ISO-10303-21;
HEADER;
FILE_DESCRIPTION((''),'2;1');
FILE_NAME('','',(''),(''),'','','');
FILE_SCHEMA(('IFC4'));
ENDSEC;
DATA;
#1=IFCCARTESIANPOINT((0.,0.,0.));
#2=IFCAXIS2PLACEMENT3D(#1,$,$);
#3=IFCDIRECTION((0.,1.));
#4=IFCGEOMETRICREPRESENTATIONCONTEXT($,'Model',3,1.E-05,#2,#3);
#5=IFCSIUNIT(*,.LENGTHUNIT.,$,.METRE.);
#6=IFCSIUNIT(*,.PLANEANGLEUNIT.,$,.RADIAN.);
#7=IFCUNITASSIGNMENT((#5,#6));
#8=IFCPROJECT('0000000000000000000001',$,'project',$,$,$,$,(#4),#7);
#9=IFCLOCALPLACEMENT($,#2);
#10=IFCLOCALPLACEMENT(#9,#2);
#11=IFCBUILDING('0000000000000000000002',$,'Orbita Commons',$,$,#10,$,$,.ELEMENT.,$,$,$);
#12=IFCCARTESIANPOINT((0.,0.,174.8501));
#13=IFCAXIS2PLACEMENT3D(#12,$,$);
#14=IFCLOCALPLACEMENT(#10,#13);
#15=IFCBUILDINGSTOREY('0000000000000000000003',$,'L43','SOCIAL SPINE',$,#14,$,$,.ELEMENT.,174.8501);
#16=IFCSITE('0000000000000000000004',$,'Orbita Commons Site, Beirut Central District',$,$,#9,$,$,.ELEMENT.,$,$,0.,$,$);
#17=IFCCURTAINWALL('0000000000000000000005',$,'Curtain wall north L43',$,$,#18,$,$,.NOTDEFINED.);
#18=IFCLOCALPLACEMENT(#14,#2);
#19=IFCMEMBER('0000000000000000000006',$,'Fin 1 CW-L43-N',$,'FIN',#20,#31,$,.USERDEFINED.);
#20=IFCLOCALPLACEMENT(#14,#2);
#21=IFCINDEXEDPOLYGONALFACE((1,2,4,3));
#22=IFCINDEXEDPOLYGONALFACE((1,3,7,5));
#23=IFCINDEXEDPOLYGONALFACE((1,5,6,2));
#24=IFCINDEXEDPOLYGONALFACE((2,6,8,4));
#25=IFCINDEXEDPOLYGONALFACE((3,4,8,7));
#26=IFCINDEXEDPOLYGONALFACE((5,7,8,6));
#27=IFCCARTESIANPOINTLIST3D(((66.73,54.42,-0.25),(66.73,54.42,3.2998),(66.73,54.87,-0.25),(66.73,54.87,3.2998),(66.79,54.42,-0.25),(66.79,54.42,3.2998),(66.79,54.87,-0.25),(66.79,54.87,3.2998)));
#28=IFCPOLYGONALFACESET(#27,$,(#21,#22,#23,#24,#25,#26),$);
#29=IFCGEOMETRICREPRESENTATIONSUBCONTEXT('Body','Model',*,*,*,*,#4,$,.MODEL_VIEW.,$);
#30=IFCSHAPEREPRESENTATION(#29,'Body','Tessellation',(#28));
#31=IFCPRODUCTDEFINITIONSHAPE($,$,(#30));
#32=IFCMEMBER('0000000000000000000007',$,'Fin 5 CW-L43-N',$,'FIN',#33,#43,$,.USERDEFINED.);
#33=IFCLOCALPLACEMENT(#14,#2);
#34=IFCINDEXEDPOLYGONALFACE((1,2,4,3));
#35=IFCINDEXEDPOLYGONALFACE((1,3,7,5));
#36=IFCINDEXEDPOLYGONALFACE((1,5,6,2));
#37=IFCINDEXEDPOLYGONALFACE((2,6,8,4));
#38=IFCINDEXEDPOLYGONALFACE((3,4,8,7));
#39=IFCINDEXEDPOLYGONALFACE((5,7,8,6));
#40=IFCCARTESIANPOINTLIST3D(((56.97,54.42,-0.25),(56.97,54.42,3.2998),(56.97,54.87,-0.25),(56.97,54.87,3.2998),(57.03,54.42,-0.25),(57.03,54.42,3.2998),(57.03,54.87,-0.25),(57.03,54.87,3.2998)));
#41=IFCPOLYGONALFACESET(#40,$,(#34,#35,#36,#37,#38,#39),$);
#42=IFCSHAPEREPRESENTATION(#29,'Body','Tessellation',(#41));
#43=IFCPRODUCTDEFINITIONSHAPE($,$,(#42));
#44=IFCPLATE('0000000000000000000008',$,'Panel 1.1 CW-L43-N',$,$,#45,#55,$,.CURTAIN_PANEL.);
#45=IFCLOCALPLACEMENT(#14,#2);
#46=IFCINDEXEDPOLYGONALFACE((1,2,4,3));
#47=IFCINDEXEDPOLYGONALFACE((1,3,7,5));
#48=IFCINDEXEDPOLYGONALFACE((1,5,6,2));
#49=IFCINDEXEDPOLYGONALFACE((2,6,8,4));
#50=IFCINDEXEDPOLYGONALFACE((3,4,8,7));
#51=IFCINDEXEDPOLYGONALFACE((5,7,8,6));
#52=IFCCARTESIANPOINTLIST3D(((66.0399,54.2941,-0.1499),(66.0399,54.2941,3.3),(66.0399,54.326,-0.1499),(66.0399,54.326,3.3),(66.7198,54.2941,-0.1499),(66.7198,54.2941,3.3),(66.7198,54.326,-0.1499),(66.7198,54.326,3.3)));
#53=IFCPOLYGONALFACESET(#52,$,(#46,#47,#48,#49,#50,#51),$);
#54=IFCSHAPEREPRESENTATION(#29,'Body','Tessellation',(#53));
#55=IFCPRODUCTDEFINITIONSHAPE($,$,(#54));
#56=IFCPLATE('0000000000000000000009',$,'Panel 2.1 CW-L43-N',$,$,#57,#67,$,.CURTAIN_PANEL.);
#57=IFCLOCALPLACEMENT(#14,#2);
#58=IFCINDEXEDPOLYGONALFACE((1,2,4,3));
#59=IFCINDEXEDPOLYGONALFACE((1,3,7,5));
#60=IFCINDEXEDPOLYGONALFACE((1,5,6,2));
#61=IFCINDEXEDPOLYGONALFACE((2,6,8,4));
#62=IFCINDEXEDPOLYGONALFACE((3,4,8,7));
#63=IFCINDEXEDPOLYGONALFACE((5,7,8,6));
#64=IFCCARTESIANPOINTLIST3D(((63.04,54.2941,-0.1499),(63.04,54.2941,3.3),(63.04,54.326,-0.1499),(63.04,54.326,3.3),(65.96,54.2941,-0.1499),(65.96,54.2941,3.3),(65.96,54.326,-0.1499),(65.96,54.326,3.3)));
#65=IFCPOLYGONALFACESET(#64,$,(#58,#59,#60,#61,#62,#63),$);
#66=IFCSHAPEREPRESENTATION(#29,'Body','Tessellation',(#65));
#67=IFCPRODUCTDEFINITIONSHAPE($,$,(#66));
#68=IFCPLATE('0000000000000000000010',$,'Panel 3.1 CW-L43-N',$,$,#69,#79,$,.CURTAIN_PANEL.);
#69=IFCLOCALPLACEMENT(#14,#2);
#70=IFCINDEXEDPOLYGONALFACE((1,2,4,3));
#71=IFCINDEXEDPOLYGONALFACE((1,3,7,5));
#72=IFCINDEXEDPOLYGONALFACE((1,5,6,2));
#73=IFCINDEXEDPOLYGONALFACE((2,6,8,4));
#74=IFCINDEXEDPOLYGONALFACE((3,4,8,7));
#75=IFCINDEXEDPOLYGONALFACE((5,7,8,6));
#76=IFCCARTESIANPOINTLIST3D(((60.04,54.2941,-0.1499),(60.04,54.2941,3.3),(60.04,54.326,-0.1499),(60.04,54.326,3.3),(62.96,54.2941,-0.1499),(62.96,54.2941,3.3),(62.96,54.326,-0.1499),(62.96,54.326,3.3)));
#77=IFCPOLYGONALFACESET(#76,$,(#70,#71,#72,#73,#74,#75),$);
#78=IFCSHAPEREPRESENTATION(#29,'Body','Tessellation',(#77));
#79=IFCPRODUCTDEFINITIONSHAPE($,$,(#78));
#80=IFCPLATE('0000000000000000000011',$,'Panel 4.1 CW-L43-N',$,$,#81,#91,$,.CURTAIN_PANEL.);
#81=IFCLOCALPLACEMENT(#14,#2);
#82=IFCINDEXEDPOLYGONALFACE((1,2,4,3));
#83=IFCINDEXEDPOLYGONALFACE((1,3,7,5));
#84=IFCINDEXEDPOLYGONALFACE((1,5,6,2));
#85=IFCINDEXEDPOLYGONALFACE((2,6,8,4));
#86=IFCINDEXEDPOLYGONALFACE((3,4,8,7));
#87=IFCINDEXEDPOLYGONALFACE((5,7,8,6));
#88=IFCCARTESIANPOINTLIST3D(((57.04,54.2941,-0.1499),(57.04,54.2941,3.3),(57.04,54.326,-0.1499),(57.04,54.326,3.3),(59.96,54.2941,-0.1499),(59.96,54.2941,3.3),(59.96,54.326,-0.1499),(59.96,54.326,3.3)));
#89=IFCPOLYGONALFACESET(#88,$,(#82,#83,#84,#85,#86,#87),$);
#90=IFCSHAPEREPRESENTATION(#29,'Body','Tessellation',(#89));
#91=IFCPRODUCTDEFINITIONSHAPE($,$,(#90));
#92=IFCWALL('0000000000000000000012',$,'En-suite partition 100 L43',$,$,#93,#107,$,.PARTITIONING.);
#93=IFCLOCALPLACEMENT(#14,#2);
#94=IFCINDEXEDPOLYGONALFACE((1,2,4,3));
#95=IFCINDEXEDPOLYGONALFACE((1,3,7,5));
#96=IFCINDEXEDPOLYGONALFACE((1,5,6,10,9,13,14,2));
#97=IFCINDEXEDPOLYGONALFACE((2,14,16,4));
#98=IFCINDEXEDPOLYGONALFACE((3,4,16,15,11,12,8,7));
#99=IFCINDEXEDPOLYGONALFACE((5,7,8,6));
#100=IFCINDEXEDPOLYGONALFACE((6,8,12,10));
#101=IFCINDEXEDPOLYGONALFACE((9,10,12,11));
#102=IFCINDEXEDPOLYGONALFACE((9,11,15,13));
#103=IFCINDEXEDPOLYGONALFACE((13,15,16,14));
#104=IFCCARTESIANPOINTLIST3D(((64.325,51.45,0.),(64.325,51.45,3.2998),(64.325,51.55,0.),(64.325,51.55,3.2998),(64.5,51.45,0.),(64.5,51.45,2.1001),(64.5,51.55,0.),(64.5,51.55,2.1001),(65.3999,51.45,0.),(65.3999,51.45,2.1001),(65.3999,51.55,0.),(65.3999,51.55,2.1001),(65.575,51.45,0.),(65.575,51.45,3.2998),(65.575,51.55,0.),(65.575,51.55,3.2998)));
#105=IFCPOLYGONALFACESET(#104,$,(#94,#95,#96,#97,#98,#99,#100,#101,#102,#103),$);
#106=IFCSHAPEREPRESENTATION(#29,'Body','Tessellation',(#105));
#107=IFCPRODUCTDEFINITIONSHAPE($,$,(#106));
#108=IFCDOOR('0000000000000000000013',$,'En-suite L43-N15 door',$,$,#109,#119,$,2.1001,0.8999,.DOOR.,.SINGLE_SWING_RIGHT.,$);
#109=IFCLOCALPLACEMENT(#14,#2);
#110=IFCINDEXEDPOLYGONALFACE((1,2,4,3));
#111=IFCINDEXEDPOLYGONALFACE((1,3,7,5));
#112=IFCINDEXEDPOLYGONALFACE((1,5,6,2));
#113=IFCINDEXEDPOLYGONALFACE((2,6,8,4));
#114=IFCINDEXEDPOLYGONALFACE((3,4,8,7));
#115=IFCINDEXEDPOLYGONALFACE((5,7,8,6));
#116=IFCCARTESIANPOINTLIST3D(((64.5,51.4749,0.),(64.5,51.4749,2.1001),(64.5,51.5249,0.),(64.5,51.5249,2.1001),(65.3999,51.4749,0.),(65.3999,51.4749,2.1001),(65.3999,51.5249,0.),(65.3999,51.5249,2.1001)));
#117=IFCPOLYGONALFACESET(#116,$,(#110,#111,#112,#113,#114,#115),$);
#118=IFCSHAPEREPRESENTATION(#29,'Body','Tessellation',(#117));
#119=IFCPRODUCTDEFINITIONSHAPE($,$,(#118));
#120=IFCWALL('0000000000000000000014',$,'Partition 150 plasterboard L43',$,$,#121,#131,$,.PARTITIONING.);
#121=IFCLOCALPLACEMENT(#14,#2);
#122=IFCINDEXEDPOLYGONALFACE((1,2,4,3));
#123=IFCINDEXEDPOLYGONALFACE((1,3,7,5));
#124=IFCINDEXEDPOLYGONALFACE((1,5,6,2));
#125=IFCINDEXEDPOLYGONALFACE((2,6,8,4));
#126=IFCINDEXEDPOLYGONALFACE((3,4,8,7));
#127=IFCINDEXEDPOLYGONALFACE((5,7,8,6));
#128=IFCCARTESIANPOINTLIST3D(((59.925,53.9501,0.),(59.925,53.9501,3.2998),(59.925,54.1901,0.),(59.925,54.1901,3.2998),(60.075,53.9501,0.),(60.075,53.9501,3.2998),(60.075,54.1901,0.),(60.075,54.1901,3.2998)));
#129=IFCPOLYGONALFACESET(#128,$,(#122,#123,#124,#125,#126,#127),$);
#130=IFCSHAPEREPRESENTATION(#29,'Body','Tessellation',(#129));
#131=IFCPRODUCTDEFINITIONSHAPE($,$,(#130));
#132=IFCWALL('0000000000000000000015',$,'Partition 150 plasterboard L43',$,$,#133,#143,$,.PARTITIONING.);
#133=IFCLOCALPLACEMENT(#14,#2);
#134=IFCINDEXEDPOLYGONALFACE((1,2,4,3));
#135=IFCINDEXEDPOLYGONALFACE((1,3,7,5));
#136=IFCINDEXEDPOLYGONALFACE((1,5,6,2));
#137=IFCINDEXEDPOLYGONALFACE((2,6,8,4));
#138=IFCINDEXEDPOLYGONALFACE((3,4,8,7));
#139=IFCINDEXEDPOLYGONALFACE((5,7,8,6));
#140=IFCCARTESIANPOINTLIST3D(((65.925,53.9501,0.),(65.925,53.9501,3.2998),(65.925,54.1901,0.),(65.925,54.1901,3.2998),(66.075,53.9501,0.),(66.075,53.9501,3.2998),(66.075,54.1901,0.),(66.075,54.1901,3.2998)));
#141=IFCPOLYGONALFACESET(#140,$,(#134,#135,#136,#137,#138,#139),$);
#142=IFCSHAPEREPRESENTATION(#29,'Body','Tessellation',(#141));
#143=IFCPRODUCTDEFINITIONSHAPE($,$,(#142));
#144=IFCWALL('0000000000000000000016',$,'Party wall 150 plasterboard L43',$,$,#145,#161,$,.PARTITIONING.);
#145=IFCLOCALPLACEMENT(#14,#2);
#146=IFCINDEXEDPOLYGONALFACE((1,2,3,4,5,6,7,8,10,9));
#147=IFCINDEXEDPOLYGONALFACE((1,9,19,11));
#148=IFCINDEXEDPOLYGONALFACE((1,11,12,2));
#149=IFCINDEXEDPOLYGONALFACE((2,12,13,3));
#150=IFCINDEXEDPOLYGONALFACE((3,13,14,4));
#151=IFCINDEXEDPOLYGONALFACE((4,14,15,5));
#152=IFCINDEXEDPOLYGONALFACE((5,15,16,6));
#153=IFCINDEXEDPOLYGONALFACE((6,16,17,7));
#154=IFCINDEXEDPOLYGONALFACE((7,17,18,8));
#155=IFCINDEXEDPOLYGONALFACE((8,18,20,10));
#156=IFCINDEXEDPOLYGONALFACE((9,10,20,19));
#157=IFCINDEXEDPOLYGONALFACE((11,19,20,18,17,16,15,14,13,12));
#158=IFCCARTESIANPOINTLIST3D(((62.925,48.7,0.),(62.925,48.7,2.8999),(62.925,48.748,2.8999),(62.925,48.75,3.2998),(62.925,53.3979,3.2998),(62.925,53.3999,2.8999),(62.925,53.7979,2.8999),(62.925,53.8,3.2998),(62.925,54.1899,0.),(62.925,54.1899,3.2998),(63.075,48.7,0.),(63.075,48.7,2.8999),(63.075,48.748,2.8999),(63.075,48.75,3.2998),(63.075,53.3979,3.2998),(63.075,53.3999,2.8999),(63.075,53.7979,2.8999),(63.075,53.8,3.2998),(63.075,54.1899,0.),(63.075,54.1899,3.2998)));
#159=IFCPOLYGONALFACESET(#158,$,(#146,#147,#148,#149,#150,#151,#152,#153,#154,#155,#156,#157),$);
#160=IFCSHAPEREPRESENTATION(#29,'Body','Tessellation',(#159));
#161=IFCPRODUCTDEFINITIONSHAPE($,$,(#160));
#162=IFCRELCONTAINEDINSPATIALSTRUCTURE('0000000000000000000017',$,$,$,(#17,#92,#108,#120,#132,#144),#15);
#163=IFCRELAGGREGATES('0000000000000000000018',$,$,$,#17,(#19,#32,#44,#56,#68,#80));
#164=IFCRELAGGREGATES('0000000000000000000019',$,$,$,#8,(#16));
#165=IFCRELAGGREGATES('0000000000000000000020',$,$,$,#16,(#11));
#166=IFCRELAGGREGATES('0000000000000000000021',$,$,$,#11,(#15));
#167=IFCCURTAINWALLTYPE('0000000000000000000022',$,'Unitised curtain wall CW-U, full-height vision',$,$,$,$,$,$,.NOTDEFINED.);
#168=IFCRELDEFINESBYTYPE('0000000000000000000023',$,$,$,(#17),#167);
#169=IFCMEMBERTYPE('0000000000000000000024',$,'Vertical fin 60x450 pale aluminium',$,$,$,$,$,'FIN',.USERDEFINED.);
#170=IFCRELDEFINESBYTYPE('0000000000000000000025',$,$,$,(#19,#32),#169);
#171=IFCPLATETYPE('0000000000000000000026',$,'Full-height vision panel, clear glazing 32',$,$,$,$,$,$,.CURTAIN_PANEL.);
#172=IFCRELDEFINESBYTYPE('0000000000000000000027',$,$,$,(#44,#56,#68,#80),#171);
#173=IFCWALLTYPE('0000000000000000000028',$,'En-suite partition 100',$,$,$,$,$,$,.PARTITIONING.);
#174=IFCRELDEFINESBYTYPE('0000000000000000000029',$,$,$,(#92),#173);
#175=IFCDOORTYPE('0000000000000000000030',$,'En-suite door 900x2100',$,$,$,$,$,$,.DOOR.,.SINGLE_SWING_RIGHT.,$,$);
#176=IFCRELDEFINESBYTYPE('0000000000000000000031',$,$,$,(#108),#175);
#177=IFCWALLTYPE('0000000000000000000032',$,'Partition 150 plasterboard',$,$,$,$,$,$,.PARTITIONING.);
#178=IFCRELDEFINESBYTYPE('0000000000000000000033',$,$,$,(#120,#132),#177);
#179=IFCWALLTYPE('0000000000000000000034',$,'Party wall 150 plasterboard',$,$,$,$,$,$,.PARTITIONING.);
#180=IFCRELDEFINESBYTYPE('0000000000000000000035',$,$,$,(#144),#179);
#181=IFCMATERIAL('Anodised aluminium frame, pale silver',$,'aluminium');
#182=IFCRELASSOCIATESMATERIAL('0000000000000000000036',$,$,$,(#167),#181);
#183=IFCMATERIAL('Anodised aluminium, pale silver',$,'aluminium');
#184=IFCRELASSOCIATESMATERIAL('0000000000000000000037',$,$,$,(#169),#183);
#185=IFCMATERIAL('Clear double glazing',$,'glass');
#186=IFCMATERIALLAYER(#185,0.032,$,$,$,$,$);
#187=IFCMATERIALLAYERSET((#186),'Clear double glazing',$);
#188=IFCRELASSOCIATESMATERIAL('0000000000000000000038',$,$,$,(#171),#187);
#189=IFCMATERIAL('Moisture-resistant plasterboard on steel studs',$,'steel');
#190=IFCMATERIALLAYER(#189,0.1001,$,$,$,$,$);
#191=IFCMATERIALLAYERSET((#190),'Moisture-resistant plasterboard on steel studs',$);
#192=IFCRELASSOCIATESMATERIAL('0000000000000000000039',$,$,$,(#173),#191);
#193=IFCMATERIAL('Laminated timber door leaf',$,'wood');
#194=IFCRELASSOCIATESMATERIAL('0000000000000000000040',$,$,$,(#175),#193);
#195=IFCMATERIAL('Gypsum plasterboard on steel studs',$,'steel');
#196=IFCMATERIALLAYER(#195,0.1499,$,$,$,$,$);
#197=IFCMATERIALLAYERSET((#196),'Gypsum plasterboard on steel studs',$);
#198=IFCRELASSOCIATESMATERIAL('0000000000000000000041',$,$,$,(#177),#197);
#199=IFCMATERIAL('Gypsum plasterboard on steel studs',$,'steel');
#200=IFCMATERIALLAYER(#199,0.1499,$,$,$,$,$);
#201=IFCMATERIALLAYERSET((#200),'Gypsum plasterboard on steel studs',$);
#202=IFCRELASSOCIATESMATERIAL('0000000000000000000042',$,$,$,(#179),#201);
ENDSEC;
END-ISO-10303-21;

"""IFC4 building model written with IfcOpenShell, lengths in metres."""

from ifc_helpers import new_model, si_unit, direction, frame, frame_2d, origin, origin_2d, place, context, subcontext, project, spatial, polyline, rectangle, outline, extrude, material, layer, layer_set, material_profile, profile_set, type_object, element, fill, aggregate, save


model = new_model("IFC4")

# Units and contexts
model_context = context("Model", 3, precision=1e-05, world=origin(), true_north=direction((0.0, 1.0)))
body_context = subcontext(model_context, "Body", "Model", "MODEL_VIEW")
ifc_project = project(units=[si_unit("LENGTHUNIT", "METRE"), si_unit("PLANEANGLEUNIT", "RADIAN")], contexts=[model_context])

# Site, building, storey
site_placement = place(None, origin())
site = spatial("IfcSite", under=ifc_project, at=site_placement, Name="Orbita Commons Site, Beirut Central District", CompositionType="ELEMENT", RefElevation=0.0)
building_placement = place(site_placement, origin())
building = spatial("IfcBuilding", under=site, at=building_placement, Name="Orbita Commons", CompositionType="ELEMENT")
storey_placement = place(building_placement, frame((0.0, 0.0, 174.8501)))
storey = spatial("IfcBuildingStorey", under=building, at=storey_placement, Name="L43", Description="SOCIAL SPINE", CompositionType="ELEMENT", Elevation=174.8501)

# Curtain wall
ifc_material_1 = material(Name="Anodised aluminium frame, pale silver", Category="aluminium")
curtain_wall_type = type_object("IfcCurtainWallType", Name="Unitised curtain wall CW-U, full-height vision", PredefinedType="NOTDEFINED", material=ifc_material_1)
curtain_wall_placement = place(storey_placement, origin())
curtain_wall = element("IfcCurtainWall", 1, at=curtain_wall_placement, inside=storey, type_object=curtain_wall_type, Name="Curtain wall north L43", PredefinedType="NOTDEFINED")

# Members
ifc_material_2 = material(Name="Anodised aluminium, pale silver", Category="aluminium")
ifc_material_profile_1 = material_profile(ifc_material_2, rectangle(XDim=0.0601, YDim=0.45, at=origin_2d()), Name="FIN 60x450")
ifc_profile_set_1 = profile_set([ifc_material_profile_1], Name="Anodised aluminium, pale silver")
member_type_1 = type_object("IfcMemberType", Name="Vertical fin 60x450 pale aluminium", ElementType="FIN", PredefinedType="USERDEFINED", material=ifc_profile_set_1)
member_1_placement = place(storey_placement, frame((66.76, 54.645, -0.25), z_axis=(0.0, 0.0, 1.0), x_axis=(-1.0, 0.0, 0.0)))
member_1 = element("IfcMember", 2, at=member_1_placement, type_object=member_type_1, Name="Fin 1 CW-L43-N", ObjectType="FIN", PredefinedType="USERDEFINED", context=body_context, shape_type="SweptSolid", body=[
    extrude(rectangle(XDim=0.0601, YDim=0.45, at=origin_2d()), origin(), (0.0, 0.0, 1.0), 3.5498),
])
member_2_placement = place(storey_placement, frame((57.0, 54.645, -0.25), z_axis=(0.0, 0.0, 1.0), x_axis=(-1.0, 0.0, 0.0)))
member_2 = element("IfcMember", 3, at=member_2_placement, type_object=member_type_1, Name="Fin 5 CW-L43-N", ObjectType="FIN", PredefinedType="USERDEFINED", context=body_context, shape_type="SweptSolid", body=[
    extrude(rectangle(XDim=0.0601, YDim=0.45, at=origin_2d()), origin(), (0.0, 0.0, 1.0), 3.5498),
])

# Plates
ifc_material_3 = material(Name="Clear double glazing", Category="glass")
ifc_layer_1 = layer(ifc_material_3, 0.032)
ifc_layer_set_1 = layer_set([ifc_layer_1], Name="Clear double glazing")
plate_type = type_object("IfcPlateType", Name="Full-height vision panel, clear glazing 32", PredefinedType="CURTAIN_PANEL", material=ifc_layer_set_1)
plate_1_placement = place(storey_placement, frame((66.3799, 54.3101, -0.1499), z_axis=(0.0, 0.0, 1.0), x_axis=(-1.0, 0.0, 0.0)))
plate_1 = element("IfcPlate", 4, at=plate_1_placement, type_object=plate_type, Name="Panel 1.1 CW-L43-N", PredefinedType="CURTAIN_PANEL", context=body_context, shape_type="SweptSolid", body=[
    extrude(rectangle(XDim=0.6799, YDim=0.032, at=origin_2d()), origin(), (0.0, 0.0, 1.0), 3.45),
])
plate_2_placement = place(storey_placement, frame((64.5, 54.3101, -0.1499), z_axis=(0.0, 0.0, 1.0), x_axis=(-1.0, 0.0, 0.0)))
plate_2 = element("IfcPlate", 5, at=plate_2_placement, type_object=plate_type, Name="Panel 2.1 CW-L43-N", PredefinedType="CURTAIN_PANEL", context=body_context, shape_type="SweptSolid", body=[
    extrude(rectangle(XDim=2.9199, YDim=0.032, at=origin_2d()), origin(), (0.0, 0.0, 1.0), 3.45),
])
plate_3_placement = place(storey_placement, frame((61.5, 54.3101, -0.1499), z_axis=(0.0, 0.0, 1.0), x_axis=(-1.0, 0.0, 0.0)))
plate_3 = element("IfcPlate", 6, at=plate_3_placement, type_object=plate_type, Name="Panel 3.1 CW-L43-N", PredefinedType="CURTAIN_PANEL", context=body_context, shape_type="SweptSolid", body=[
    extrude(rectangle(XDim=2.9199, YDim=0.032, at=origin_2d()), origin(), (0.0, 0.0, 1.0), 3.45),
])
plate_4_placement = place(storey_placement, frame((58.5, 54.3101, -0.1499), z_axis=(0.0, 0.0, 1.0), x_axis=(-1.0, 0.0, 0.0)))
plate_4 = element("IfcPlate", 7, at=plate_4_placement, type_object=plate_type, Name="Panel 4.1 CW-L43-N", PredefinedType="CURTAIN_PANEL", context=body_context, shape_type="SweptSolid", body=[
    extrude(rectangle(XDim=2.9199, YDim=0.032, at=origin_2d()), origin(), (0.0, 0.0, 1.0), 3.45),
])
aggregate(curtain_wall, [member_1, member_2, plate_1, plate_2, plate_3, plate_4])

# Wall, opening, door
ifc_material_4 = material(Name="Moisture-resistant plasterboard on steel studs", Category="steel")
ifc_layer_2 = layer(ifc_material_4, 0.1001)
ifc_layer_set_2 = layer_set([ifc_layer_2], Name="Moisture-resistant plasterboard on steel studs")
wall_type_1 = type_object("IfcWallType", Name="En-suite partition 100", PredefinedType="PARTITIONING", material=ifc_layer_set_2)
wall_1_placement = place(storey_placement, frame((64.325, 51.5, 0.0), z_axis=(0.0, 0.0, 1.0), x_axis=(1.0, 0.0, 0.0)))
wall_1 = element("IfcWall", 8, at=wall_1_placement, inside=storey, type_object=wall_type_1, Name="En-suite partition 100 L43", PredefinedType="PARTITIONING", context=body_context, shape_type="SweptSolid", body=[
    extrude(rectangle(XDim=1.25, YDim=0.1001, at=frame_2d((0.625, 0.0))), origin(), (0.0, 0.0, 1.0), 3.2998),
])
opening_1_placement = place(wall_1_placement, frame((0.175, 0.0, 0.0)))
opening_1 = element("IfcOpeningElement", 9, at=opening_1_placement, cuts=wall_1, PredefinedType="OPENING", context=body_context, shape_type="SweptSolid", body=[
    extrude(rectangle(XDim=0.8999, YDim=2.1001, at=frame_2d((0.45, 1.05))), frame((0.0, 0.0601, 0.0), z_axis=(0.0, -1.0, 0.0), x_axis=(1.0, 0.0, 0.0)), (0.0, 0.0, 1.0), 0.1201),
])
ifc_material_5 = material(Name="Laminated timber door leaf", Category="wood")
door_type = type_object("IfcDoorType", Name="En-suite door 900x2100", OperationType="SINGLE_SWING_RIGHT", PredefinedType="DOOR", material=ifc_material_5)
door_placement = place(opening_1_placement, origin())
door = element("IfcDoor", 10, at=door_placement, inside=storey, type_object=door_type, Name="En-suite L43-N15 door", OperationType="SINGLE_SWING_RIGHT", OverallHeight=2.1001, OverallWidth=0.8999, PredefinedType="DOOR", context=body_context, shape_type="SweptSolid", body=[
    extrude(rectangle(XDim=0.8999, YDim=2.1001, at=frame_2d((0.45, 1.05))), frame((0.0, 0.0249, 0.0), z_axis=(0.0, -1.0, 0.0), x_axis=(1.0, 0.0, 0.0)), (0.0, 0.0, 1.0), 0.05),
])
fill(opening_1, door)

# Walls
ifc_material_6 = material(Name="Gypsum plasterboard on steel studs", Category="steel")
ifc_layer_3 = layer(ifc_material_6, 0.1499)
ifc_layer_set_3 = layer_set([ifc_layer_3], Name="Gypsum plasterboard on steel studs")
wall_type_2 = type_object("IfcWallType", Name="Partition 150 plasterboard", PredefinedType="PARTITIONING", material=ifc_layer_set_3)
for number, where, z_axis, x_axis, name in (
    (11, (60.0, 53.95, 0.0), (0.0, 0.0, 1.0), (0.0, 1.0, 0.0), "Partition 150 plasterboard L43"),
    (12, (66.0, 53.95, 0.0), (0.0, 0.0, 1.0), (0.0, 1.0, 0.0), "Partition 150 plasterboard L43"),
):
    element("IfcWall", number, at=place(storey_placement, frame(where, z_axis=z_axis, x_axis=x_axis)), inside=storey, type_object=wall_type_2, Name=name, PredefinedType="PARTITIONING", context=body_context, shape_type="SweptSolid", body=[
        extrude(rectangle(XDim=0.24, YDim=0.1499, at=frame_2d((0.1201, 0.0))), origin(), (0.0, 0.0, 1.0), 3.2998),
    ])
ifc_material_7 = material(Name="Gypsum plasterboard on steel studs", Category="steel")
ifc_layer_4 = layer(ifc_material_7, 0.1499)
ifc_layer_set_4 = layer_set([ifc_layer_4], Name="Gypsum plasterboard on steel studs")
wall_type_3 = type_object("IfcWallType", Name="Party wall 150 plasterboard", PredefinedType="PARTITIONING", material=ifc_layer_set_4)
wall_2_placement = place(storey_placement, frame((63.0, 54.1899, 0.0), z_axis=(0.0, 0.0, 1.0), x_axis=(0.0, -1.0, 0.0)))
element("IfcWall", 13, at=wall_2_placement, inside=storey, type_object=wall_type_3, Name="Party wall 150 plasterboard L43", PredefinedType="PARTITIONING", context=body_context, shape_type="SweptSolid", body=[
    extrude(outline(polyline([(0.0, 0.0), (5.49, 0.0), (5.49, 2.8999), (5.4419, 2.8999), (5.4399, 3.2998), (0.792, 3.2998), (0.79, 2.8999), (0.3921, 2.8999), (0.3899, 3.2998), (0.0, 3.2998), (0.0, 0.0)])), frame((0.0, 0.075, 0.0), z_axis=(0.0, -1.0, 0.0), x_axis=(1.0, 0.0, 0.0)), (0.0, 0.0, 1.0), 0.1499),
])

save(model, "model.ifc")
